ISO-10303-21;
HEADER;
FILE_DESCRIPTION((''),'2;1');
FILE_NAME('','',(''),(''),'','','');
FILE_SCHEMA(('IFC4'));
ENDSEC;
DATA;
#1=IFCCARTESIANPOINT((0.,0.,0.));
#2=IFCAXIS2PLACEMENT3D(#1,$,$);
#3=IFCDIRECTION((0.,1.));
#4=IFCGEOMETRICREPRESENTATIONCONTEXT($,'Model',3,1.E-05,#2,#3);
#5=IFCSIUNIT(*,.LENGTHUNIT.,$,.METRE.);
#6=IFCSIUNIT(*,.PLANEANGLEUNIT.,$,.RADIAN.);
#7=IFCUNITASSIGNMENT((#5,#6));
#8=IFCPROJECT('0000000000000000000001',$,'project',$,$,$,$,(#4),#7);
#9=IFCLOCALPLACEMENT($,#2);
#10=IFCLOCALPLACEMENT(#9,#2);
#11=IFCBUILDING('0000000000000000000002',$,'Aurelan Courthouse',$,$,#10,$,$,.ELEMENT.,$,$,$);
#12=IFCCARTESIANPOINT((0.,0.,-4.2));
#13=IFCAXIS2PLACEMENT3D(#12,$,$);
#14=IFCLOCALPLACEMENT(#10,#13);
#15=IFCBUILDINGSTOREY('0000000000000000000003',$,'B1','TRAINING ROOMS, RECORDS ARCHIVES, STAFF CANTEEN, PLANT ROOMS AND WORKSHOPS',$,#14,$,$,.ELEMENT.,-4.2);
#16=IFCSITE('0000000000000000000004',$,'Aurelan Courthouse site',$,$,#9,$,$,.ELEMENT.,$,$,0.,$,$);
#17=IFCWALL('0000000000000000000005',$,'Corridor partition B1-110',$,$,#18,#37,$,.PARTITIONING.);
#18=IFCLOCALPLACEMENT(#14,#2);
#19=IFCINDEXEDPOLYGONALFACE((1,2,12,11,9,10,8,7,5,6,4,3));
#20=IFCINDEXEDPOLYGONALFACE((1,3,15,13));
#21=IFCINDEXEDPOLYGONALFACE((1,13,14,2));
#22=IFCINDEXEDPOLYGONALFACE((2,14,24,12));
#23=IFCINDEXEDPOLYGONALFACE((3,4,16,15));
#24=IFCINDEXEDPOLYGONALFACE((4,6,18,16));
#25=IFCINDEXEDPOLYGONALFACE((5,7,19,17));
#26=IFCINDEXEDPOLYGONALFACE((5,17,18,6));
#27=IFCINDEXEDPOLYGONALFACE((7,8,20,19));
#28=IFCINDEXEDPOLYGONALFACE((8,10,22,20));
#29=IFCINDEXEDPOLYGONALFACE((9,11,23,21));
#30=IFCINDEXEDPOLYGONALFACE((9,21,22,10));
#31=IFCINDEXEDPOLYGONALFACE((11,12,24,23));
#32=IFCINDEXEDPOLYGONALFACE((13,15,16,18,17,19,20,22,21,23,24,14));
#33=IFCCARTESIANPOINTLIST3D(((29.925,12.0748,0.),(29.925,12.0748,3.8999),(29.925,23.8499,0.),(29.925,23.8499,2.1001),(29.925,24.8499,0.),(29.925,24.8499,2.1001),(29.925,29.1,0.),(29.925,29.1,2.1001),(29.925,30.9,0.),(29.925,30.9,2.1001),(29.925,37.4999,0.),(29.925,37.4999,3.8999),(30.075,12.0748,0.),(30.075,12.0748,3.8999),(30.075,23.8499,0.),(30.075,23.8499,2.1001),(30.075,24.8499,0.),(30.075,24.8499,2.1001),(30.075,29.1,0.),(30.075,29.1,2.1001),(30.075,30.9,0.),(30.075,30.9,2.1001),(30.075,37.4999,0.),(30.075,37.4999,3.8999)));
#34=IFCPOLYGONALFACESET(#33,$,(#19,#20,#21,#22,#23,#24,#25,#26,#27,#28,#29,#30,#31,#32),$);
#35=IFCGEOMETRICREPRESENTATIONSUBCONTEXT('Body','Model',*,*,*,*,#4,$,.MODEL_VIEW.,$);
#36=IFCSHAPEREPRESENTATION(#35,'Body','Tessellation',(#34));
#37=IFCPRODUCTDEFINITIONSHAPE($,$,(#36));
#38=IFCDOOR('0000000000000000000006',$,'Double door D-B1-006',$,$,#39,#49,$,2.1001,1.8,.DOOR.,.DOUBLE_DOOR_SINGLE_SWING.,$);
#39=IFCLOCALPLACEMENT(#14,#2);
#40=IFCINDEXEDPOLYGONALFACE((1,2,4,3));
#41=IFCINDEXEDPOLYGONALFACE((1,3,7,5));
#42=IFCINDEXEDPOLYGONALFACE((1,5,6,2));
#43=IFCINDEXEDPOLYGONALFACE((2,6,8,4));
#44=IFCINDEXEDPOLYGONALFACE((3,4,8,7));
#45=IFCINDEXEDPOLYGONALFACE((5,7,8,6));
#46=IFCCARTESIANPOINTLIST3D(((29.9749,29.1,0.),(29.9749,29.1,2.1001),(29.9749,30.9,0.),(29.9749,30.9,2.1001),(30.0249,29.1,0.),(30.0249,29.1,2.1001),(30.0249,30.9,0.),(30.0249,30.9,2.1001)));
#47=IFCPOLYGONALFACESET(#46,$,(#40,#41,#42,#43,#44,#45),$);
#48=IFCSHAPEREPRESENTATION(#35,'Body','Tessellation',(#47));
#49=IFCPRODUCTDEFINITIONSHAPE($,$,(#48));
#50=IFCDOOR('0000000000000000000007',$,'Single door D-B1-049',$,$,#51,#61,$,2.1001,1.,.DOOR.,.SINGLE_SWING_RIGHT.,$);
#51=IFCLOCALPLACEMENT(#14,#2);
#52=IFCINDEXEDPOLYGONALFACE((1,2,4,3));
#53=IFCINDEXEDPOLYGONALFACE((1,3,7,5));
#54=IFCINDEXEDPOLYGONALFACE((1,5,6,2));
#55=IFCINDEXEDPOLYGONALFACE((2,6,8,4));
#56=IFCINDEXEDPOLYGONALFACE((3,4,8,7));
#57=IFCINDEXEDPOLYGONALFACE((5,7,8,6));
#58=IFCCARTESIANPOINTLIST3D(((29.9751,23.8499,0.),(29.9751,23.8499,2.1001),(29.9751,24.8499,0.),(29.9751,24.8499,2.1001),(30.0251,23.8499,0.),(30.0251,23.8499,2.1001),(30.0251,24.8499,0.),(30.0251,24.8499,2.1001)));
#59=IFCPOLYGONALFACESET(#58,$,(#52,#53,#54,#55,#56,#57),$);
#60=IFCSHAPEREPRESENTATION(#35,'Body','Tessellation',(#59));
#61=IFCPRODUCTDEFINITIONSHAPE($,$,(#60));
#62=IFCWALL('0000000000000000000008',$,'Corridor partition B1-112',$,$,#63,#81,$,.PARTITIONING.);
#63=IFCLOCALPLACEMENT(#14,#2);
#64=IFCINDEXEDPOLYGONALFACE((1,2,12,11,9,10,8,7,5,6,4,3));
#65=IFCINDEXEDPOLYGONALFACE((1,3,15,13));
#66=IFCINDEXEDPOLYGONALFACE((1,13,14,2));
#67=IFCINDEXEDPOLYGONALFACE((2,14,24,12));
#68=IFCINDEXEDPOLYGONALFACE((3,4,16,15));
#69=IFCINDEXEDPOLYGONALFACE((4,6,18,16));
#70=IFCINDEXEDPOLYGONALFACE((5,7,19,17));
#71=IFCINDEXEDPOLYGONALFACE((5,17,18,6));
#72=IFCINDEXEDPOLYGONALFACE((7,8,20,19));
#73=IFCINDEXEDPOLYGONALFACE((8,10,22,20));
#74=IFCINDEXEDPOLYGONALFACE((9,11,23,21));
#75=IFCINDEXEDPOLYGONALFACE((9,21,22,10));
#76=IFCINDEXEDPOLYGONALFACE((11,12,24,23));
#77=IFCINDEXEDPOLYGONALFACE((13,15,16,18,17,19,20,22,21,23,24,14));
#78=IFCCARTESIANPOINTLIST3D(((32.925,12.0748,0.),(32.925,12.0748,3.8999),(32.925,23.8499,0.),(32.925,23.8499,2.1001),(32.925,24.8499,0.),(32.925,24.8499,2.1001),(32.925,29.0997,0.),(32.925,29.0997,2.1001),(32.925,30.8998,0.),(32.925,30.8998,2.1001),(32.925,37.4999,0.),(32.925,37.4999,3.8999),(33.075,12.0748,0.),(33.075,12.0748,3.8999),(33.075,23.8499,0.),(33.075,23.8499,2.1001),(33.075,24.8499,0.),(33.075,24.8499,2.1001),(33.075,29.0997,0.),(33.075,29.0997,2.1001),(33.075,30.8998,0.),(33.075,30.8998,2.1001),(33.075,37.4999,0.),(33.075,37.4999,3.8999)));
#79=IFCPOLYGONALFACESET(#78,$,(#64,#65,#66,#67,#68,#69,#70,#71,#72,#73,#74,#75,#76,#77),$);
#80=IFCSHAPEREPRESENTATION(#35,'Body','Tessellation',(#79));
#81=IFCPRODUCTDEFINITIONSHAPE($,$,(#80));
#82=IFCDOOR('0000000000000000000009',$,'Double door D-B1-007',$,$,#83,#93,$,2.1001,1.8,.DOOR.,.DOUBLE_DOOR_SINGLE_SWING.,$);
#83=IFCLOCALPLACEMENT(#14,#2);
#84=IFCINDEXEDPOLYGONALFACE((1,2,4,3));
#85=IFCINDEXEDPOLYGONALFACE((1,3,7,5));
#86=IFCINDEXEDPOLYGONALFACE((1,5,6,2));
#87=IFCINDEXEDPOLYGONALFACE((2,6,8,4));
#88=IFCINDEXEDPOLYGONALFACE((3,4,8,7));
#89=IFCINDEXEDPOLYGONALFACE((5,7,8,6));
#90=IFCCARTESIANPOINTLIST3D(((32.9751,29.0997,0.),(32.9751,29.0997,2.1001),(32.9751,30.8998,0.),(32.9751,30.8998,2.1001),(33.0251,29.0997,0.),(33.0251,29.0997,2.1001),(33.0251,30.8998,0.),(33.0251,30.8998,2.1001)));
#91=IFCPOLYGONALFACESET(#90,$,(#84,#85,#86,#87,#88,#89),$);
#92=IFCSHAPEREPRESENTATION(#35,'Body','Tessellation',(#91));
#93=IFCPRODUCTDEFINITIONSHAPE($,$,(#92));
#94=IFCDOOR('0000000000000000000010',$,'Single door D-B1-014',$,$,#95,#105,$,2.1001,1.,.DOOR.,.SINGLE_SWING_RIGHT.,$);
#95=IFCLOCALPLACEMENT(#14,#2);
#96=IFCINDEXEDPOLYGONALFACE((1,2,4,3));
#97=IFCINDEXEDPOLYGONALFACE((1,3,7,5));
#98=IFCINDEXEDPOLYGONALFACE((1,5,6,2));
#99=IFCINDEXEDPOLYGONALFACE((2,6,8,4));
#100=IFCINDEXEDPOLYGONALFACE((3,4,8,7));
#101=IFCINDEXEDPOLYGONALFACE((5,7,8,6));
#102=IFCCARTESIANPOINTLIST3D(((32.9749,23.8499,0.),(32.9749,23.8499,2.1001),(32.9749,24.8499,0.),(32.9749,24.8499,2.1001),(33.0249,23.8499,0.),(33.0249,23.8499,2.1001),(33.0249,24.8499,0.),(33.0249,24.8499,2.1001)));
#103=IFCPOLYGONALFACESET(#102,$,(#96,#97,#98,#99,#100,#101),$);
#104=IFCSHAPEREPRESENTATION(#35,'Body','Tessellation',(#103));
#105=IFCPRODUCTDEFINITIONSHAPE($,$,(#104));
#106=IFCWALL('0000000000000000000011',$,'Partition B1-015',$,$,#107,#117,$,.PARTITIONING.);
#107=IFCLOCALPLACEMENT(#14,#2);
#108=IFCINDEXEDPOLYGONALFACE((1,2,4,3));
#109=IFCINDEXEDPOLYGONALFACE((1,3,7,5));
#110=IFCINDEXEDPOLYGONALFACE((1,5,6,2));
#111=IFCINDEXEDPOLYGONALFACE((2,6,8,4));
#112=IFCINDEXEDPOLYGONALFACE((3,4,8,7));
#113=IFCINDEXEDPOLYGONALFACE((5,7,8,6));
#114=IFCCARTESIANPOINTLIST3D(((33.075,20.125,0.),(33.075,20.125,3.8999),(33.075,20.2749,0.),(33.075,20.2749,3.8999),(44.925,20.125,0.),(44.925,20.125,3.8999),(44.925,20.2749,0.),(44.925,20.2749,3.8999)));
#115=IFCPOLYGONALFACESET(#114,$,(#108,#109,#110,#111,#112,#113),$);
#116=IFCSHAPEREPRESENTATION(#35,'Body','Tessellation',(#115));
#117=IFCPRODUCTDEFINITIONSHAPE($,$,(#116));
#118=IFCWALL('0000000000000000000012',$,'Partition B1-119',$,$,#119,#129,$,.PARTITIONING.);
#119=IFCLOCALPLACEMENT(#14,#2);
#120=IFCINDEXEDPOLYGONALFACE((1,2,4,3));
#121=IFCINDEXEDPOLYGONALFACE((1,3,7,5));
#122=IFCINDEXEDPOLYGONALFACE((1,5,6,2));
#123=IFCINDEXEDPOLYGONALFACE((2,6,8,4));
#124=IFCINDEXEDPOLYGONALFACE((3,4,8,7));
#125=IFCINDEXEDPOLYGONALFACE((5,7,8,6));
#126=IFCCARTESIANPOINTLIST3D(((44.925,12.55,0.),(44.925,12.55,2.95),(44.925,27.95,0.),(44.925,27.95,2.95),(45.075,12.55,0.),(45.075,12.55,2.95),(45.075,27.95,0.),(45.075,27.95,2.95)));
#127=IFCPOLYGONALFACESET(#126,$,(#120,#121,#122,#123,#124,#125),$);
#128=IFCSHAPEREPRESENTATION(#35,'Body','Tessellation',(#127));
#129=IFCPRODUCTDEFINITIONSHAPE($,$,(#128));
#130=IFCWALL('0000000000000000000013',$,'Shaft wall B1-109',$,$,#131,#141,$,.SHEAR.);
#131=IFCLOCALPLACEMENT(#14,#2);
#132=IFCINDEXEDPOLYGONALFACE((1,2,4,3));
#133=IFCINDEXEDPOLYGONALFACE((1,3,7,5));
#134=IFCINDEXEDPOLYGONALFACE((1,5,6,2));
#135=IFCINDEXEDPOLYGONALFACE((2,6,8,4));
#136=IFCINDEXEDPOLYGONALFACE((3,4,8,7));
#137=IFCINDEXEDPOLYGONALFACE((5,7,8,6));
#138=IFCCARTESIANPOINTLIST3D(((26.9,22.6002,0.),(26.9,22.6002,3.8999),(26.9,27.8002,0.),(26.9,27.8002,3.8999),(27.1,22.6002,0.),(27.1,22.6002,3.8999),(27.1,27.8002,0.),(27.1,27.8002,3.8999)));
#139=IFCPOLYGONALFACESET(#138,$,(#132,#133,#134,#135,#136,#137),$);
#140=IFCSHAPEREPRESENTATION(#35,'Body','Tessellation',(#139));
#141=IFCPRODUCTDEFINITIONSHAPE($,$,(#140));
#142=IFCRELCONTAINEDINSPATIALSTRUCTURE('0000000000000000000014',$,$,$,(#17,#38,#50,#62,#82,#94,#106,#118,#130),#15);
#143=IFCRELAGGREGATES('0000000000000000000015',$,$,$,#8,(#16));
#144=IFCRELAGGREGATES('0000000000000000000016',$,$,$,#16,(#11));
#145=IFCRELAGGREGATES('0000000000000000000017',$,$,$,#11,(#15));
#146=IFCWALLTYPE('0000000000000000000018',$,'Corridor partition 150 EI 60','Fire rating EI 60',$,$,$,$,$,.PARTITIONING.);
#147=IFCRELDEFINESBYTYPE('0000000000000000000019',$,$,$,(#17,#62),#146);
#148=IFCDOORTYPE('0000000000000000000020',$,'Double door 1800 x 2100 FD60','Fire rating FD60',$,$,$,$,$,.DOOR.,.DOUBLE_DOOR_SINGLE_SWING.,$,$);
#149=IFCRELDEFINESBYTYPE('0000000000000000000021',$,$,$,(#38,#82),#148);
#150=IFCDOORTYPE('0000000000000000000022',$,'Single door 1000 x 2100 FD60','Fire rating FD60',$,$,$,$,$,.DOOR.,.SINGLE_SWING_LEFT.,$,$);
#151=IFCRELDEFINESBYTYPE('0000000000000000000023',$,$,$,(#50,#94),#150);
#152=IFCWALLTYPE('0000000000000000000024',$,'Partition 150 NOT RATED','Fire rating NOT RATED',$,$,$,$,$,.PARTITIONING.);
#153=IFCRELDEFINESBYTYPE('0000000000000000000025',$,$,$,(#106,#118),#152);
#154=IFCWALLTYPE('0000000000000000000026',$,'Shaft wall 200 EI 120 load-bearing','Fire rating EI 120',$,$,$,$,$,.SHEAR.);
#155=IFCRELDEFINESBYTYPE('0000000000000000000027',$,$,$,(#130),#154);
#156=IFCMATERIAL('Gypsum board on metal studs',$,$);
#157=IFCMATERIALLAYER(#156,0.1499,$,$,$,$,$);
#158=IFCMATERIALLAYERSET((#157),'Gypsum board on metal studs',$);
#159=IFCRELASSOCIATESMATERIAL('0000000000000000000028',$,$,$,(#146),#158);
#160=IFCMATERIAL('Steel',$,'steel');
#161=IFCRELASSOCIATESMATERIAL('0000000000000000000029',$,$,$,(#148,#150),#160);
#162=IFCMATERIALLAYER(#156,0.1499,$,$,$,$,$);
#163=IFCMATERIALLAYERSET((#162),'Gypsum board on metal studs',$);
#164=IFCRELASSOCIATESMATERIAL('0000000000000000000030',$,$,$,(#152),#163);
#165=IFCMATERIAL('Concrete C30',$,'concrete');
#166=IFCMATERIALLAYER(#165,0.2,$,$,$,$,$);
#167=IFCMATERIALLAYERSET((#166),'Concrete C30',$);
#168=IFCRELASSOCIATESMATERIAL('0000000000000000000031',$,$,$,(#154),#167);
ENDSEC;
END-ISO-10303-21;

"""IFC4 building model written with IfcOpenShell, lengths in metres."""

from ifc_helpers import new_model, si_unit, direction, frame, frame_2d, origin, place, context, subcontext, project, spatial, rectangle, extrude, material, layer, layer_set, type_object, element, fill, save


model = new_model("IFC4")

# Units and contexts
model_context = context("Model", 3, precision=1e-05, world=origin(), true_north=direction((0.0, 1.0)))
body_context = subcontext(model_context, "Body", "Model", "MODEL_VIEW")
ifc_project = project(units=[si_unit("LENGTHUNIT", "METRE"), si_unit("PLANEANGLEUNIT", "RADIAN")], contexts=[model_context])

# Site, building, storey
site_placement = place(None, origin())
site = spatial("IfcSite", under=ifc_project, at=site_placement, Name="Aurelan Courthouse site", CompositionType="ELEMENT", RefElevation=0.0)
building_placement = place(site_placement, origin())
building = spatial("IfcBuilding", under=site, at=building_placement, Name="Aurelan Courthouse", CompositionType="ELEMENT")
storey_placement = place(building_placement, frame((0.0, 0.0, -4.2)))
storey = spatial("IfcBuildingStorey", under=building, at=storey_placement, Name="B1", Description="TRAINING ROOMS, RECORDS ARCHIVES, STAFF CANTEEN, PLANT ROOMS AND WORKSHOPS", CompositionType="ELEMENT", Elevation=-4.2)

# Shared definitions
ifc_material_1 = material(Name="Gypsum board on metal studs")
ifc_layer_1 = layer(ifc_material_1, 0.1499)
ifc_layer_set_1 = layer_set([ifc_layer_1], Name="Gypsum board on metal studs")
wall_type_1 = type_object("IfcWallType", Name="Corridor partition 150 EI 60", Description="Fire rating EI 60", PredefinedType="PARTITIONING", material=ifc_layer_set_1)

# Walls, openings, doors
wall_1_placement = place(storey_placement, frame((30.0, 12.075, 0.0), z_axis=(0.0, 0.0, 1.0), x_axis=(0.0, 1.0, 0.0)))
wall_1 = element("IfcWall", 1, at=wall_1_placement, inside=storey, type_object=wall_type_1, Name="Corridor partition B1-110", PredefinedType="PARTITIONING", context=body_context, shape_type="SweptSolid", body=[
    extrude(rectangle(XDim=25.425, YDim=0.1499, at=frame_2d((12.7124, 0.0))), origin(), (0.0, 0.0, 1.0), 3.8999),
])
opening_1_placement = place(wall_1_placement, frame((18.825, 0.0, 0.0), z_axis=(0.0, 0.0, 1.0), x_axis=(-1.0, 0.0, 0.0)))
opening_1 = element("IfcOpeningElement", 2, at=opening_1_placement, cuts=wall_1, PredefinedType="OPENING", context=body_context, shape_type="SweptSolid", body=[
    extrude(rectangle(XDim=1.8, YDim=2.1001, at=frame_2d((0.8999, 1.05))), frame((0.0, 0.085, 0.0), z_axis=(0.0, -1.0, 0.0), x_axis=(1.0, 0.0, 0.0)), (0.0, 0.0, 1.0), 0.1699),
])
opening_2_placement = place(wall_1_placement, frame((11.7749, 0.0, 0.0)))
opening_2 = element("IfcOpeningElement", 3, at=opening_2_placement, cuts=wall_1, PredefinedType="OPENING", context=body_context, shape_type="SweptSolid", body=[
    extrude(rectangle(XDim=1.0, YDim=2.1001, at=frame_2d((0.5, 1.05))), frame((0.0, 0.085, 0.0), z_axis=(0.0, -1.0, 0.0), x_axis=(1.0, 0.0, 0.0)), (0.0, 0.0, 1.0), 0.1699),
])
ifc_material_2 = material(Name="Steel", Category="steel")
door_type_1 = type_object("IfcDoorType", Name="Double door 1800 x 2100 FD60", Description="Fire rating FD60", OperationType="DOUBLE_DOOR_SINGLE_SWING", PredefinedType="DOOR", material=ifc_material_2)
door_1_placement = place(opening_1_placement, origin())
door_1 = element("IfcDoor", 4, at=door_1_placement, inside=storey, type_object=door_type_1, Name="Double door D-B1-006", OperationType="DOUBLE_DOOR_SINGLE_SWING", OverallHeight=2.1001, OverallWidth=1.8, PredefinedType="DOOR", context=body_context, shape_type="SweptSolid", body=[
    extrude(rectangle(XDim=1.8, YDim=2.1001, at=frame_2d((0.8999, 1.05))), frame((0.0, 0.0249, 0.0), z_axis=(0.0, -1.0, 0.0), x_axis=(1.0, 0.0, 0.0)), (0.0, 0.0, 1.0), 0.05),
])
fill(opening_1, door_1)
door_type_2 = type_object("IfcDoorType", Name="Single door 1000 x 2100 FD60", Description="Fire rating FD60", OperationType="SINGLE_SWING_LEFT", PredefinedType="DOOR", material=ifc_material_2)
door_2_placement = place(opening_2_placement, origin())
door_2 = element("IfcDoor", 5, at=door_2_placement, inside=storey, type_object=door_type_2, Name="Single door D-B1-049", OperationType="SINGLE_SWING_RIGHT", OverallHeight=2.1001, OverallWidth=1.0, PredefinedType="DOOR", context=body_context, shape_type="SweptSolid", body=[
    extrude(rectangle(XDim=1.0, YDim=2.1001, at=frame_2d((0.5, 1.05))), frame((0.0, 0.0249, 0.0), z_axis=(0.0, -1.0, 0.0), x_axis=(1.0, 0.0, 0.0)), (0.0, 0.0, 1.0), 0.05),
])
fill(opening_2, door_2)
wall_2_placement = place(storey_placement, frame((33.0, 12.075, 0.0), z_axis=(0.0, 0.0, 1.0), x_axis=(0.0, 1.0, 0.0)))
wall_2 = element("IfcWall", 6, at=wall_2_placement, inside=storey, type_object=wall_type_1, Name="Corridor partition B1-112", PredefinedType="PARTITIONING", context=body_context, shape_type="SweptSolid", body=[
    extrude(rectangle(XDim=25.425, YDim=0.1499, at=frame_2d((12.7124, 0.0))), origin(), (0.0, 0.0, 1.0), 3.8999),
])
opening_3_placement = place(wall_2_placement, frame((17.0249, 0.0, 0.0)))
opening_3 = element("IfcOpeningElement", 7, at=opening_3_placement, cuts=wall_2, PredefinedType="OPENING", context=body_context, shape_type="SweptSolid", body=[
    extrude(rectangle(XDim=1.8, YDim=2.1001, at=frame_2d((0.8999, 1.05))), frame((0.0, 0.085, 0.0), z_axis=(0.0, -1.0, 0.0), x_axis=(1.0, 0.0, 0.0)), (0.0, 0.0, 1.0), 0.1699),
])
opening_4_placement = place(wall_2_placement, frame((12.7749, 0.0, 0.0), z_axis=(0.0, 0.0, 1.0), x_axis=(-1.0, 0.0, 0.0)))
opening_4 = element("IfcOpeningElement", 8, at=opening_4_placement, cuts=wall_2, PredefinedType="OPENING", context=body_context, shape_type="SweptSolid", body=[
    extrude(rectangle(XDim=1.0, YDim=2.1001, at=frame_2d((0.5, 1.05))), frame((0.0, 0.085, 0.0), z_axis=(0.0, -1.0, 0.0), x_axis=(1.0, 0.0, 0.0)), (0.0, 0.0, 1.0), 0.1699),
])
door_3_placement = place(opening_3_placement, origin())
door_3 = element("IfcDoor", 9, at=door_3_placement, inside=storey, type_object=door_type_1, Name="Double door D-B1-007", OperationType="DOUBLE_DOOR_SINGLE_SWING", OverallHeight=2.1001, OverallWidth=1.8, PredefinedType="DOOR", context=body_context, shape_type="SweptSolid", body=[
    extrude(rectangle(XDim=1.8, YDim=2.1001, at=frame_2d((0.8999, 1.05))), frame((0.0, 0.0249, 0.0), z_axis=(0.0, -1.0, 0.0), x_axis=(1.0, 0.0, 0.0)), (0.0, 0.0, 1.0), 0.05),
])
fill(opening_3, door_3)
door_4_placement = place(opening_4_placement, origin())
door_4 = element("IfcDoor", 10, at=door_4_placement, inside=storey, type_object=door_type_2, Name="Single door D-B1-014", OperationType="SINGLE_SWING_RIGHT", OverallHeight=2.1001, OverallWidth=1.0, PredefinedType="DOOR", context=body_context, shape_type="SweptSolid", body=[
    extrude(rectangle(XDim=1.0, YDim=2.1001, at=frame_2d((0.5, 1.05))), frame((0.0, 0.0249, 0.0), z_axis=(0.0, -1.0, 0.0), x_axis=(1.0, 0.0, 0.0)), (0.0, 0.0, 1.0), 0.05),
])
fill(opening_4, door_4)

# Walls
ifc_layer_2 = layer(ifc_material_1, 0.1499)
ifc_layer_set_2 = layer_set([ifc_layer_2], Name="Gypsum board on metal studs")
wall_type_2 = type_object("IfcWallType", Name="Partition 150 NOT RATED", Description="Fire rating NOT RATED", PredefinedType="PARTITIONING", material=ifc_layer_set_2)
wall_3_placement = place(storey_placement, frame((33.075, 20.2, 0.0), z_axis=(0.0, 0.0, 1.0), x_axis=(1.0, 0.0, 0.0)))
element("IfcWall", 11, at=wall_3_placement, inside=storey, type_object=wall_type_2, Name="Partition B1-015", PredefinedType="PARTITIONING", context=body_context, shape_type="SweptSolid", body=[
    extrude(rectangle(XDim=11.8501, YDim=0.1499, at=frame_2d((5.925, 0.0))), origin(), (0.0, 0.0, 1.0), 3.8999),
])
wall_4_placement = place(storey_placement, frame((45.0, 12.55, 0.0), z_axis=(0.0, 0.0, 1.0), x_axis=(0.0, 1.0, 0.0)))
element("IfcWall", 12, at=wall_4_placement, inside=storey, type_object=wall_type_2, Name="Partition B1-119", PredefinedType="PARTITIONING", context=body_context, shape_type="SweptSolid", body=[
    extrude(rectangle(XDim=15.3999, YDim=0.1499, at=frame_2d((7.7, 0.0))), origin(), (0.0, 0.0, 1.0), 2.95),
])
ifc_material_3 = material(Name="Concrete C30", Category="concrete")
ifc_layer_3 = layer(ifc_material_3, 0.2)
ifc_layer_set_3 = layer_set([ifc_layer_3], Name="Concrete C30")
wall_type_3 = type_object("IfcWallType", Name="Shaft wall 200 EI 120 load-bearing", Description="Fire rating EI 120", PredefinedType="SHEAR", material=ifc_layer_set_3)
wall_5_placement = place(storey_placement, frame((27.0, 22.6001, 0.0), z_axis=(0.0, 0.0, 1.0), x_axis=(0.0, 1.0, 0.0)))
element("IfcWall", 13, at=wall_5_placement, inside=storey, type_object=wall_type_3, Name="Shaft wall B1-109", PredefinedType="SHEAR", context=body_context, shape_type="SweptSolid", body=[
    extrude(rectangle(XDim=5.2, YDim=0.2, at=frame_2d((2.6001, 0.0))), origin(), (0.0, 0.0, 1.0), 3.8999),
])

save(model, "model.ifc")
